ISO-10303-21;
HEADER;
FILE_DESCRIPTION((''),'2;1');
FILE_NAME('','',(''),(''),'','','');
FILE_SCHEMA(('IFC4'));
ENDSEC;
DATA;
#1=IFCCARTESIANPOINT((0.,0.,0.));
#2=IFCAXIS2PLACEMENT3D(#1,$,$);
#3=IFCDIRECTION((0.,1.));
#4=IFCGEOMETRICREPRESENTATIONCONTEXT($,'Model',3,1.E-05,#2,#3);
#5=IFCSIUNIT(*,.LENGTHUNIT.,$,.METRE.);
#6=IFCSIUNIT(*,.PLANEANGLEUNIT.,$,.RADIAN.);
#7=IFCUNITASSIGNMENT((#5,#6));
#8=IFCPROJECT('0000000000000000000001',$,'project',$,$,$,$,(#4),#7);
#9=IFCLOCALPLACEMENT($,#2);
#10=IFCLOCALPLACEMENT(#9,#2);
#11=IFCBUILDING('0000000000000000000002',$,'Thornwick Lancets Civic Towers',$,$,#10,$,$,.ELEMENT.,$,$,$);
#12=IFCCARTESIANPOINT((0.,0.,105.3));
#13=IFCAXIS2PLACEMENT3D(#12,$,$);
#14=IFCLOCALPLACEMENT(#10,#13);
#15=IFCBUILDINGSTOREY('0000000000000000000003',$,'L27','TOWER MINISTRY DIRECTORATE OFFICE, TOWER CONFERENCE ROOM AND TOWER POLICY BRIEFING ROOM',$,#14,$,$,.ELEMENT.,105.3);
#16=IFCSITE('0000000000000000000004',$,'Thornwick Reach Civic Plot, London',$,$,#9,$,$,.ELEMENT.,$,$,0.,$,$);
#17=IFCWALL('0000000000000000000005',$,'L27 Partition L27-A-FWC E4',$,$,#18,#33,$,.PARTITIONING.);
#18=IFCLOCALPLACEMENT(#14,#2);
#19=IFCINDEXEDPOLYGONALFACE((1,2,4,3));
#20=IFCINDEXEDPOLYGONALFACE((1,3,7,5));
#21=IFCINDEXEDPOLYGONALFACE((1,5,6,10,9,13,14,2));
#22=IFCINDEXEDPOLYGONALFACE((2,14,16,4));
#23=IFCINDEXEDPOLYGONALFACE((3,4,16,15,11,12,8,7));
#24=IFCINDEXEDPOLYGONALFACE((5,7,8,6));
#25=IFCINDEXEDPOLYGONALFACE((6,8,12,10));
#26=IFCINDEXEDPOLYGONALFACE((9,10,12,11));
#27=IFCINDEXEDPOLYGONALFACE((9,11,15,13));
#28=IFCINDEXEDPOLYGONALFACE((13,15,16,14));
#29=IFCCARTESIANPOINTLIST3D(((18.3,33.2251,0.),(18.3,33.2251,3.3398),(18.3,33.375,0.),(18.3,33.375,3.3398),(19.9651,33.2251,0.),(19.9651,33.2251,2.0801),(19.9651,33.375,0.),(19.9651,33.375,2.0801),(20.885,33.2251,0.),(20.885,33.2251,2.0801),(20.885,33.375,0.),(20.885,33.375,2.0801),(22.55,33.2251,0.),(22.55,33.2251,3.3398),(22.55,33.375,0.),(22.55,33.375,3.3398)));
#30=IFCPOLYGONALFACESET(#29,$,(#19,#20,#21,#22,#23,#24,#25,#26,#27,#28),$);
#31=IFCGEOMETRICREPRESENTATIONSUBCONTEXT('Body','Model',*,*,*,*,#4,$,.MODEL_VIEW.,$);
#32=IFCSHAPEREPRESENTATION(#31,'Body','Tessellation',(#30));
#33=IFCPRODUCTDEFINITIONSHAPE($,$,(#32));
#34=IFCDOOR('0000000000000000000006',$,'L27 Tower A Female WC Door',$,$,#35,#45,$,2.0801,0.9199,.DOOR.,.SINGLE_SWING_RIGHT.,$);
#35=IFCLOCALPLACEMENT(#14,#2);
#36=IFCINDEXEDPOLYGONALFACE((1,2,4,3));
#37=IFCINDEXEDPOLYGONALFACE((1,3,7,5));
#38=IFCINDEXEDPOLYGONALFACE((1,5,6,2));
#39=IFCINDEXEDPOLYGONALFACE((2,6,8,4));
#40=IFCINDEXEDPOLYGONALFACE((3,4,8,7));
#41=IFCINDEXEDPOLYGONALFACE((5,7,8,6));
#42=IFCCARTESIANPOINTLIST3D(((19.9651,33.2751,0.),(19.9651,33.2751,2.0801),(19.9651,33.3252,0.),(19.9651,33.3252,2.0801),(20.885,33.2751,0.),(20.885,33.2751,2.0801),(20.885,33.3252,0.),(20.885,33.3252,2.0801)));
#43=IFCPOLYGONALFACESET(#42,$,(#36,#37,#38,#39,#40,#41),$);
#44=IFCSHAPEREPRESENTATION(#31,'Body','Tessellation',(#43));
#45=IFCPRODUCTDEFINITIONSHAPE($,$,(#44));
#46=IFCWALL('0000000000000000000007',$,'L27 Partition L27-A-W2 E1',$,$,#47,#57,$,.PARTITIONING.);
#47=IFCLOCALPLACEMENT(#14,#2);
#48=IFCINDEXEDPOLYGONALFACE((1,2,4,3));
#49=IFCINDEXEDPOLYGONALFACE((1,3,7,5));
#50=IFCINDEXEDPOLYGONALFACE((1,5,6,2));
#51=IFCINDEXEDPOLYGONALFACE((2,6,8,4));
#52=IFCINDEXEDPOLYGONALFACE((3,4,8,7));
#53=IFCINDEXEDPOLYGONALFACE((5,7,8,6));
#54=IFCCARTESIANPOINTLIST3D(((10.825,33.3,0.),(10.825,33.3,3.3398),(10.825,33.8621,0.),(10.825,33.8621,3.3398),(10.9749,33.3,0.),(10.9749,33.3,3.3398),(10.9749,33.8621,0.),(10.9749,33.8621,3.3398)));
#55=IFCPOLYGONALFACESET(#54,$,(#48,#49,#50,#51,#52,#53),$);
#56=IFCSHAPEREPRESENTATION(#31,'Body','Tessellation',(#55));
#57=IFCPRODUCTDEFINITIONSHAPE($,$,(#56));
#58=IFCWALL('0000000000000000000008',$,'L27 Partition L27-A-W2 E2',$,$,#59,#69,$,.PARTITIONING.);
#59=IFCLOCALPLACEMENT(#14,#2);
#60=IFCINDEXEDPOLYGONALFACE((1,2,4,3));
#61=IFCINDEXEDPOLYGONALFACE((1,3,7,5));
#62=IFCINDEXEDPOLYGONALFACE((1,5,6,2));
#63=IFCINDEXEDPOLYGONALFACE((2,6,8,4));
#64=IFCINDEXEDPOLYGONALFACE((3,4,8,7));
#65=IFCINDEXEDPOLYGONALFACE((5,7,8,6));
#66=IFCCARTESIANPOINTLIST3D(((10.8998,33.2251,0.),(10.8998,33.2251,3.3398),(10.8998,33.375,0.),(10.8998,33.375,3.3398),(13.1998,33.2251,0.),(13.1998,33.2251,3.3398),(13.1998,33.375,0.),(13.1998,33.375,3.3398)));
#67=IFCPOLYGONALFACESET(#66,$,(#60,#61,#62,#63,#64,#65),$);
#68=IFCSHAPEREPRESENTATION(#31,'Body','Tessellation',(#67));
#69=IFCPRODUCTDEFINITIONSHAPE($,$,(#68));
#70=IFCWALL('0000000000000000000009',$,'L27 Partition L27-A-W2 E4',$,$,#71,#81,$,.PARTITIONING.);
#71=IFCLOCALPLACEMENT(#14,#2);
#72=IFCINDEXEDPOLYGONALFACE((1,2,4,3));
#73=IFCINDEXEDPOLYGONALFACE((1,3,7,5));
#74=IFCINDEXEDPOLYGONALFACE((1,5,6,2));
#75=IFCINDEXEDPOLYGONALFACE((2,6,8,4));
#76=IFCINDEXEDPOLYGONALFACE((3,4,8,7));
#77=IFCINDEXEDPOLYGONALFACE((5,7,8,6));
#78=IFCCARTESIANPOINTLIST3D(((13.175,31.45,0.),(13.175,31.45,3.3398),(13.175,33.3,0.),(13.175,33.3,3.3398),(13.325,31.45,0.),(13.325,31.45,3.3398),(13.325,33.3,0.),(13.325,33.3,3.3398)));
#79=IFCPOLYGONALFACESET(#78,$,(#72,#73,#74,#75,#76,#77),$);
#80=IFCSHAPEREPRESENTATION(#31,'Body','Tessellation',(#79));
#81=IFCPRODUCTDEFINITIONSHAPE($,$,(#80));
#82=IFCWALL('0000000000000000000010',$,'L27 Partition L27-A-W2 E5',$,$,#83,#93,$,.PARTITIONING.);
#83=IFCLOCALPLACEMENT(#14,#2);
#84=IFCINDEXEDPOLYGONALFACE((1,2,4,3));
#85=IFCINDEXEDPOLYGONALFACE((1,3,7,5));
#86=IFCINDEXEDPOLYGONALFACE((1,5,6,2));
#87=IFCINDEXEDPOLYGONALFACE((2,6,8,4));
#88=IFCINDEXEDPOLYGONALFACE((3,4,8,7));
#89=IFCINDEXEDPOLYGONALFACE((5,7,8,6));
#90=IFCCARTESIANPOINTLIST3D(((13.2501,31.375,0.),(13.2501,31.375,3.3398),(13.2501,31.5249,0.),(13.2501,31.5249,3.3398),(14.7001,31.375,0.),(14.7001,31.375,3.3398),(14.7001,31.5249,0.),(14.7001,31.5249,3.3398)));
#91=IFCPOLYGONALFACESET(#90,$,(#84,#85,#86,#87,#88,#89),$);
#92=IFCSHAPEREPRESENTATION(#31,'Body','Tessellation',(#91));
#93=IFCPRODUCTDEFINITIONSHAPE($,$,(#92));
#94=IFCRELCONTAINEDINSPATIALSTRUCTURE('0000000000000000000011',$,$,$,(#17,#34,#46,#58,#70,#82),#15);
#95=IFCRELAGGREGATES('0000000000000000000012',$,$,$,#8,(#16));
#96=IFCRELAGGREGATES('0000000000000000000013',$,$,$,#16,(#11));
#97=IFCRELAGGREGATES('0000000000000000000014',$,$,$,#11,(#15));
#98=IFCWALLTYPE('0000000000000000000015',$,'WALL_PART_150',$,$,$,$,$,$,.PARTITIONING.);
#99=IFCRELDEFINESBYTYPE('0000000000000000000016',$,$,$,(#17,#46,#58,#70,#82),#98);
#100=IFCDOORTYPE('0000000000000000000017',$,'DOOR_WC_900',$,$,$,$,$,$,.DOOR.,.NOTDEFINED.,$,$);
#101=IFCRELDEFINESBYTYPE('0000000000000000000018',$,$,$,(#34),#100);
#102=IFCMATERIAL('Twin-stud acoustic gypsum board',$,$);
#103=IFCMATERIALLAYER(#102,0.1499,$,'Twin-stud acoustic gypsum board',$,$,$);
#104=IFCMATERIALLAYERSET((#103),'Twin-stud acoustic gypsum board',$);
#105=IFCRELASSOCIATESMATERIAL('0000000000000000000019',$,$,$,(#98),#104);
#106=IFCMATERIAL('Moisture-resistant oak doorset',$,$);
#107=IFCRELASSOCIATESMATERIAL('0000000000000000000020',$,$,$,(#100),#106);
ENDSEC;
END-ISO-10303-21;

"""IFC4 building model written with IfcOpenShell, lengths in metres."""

from ifc_helpers import new_model, si_unit, direction, frame, frame_2d, origin, place, context, subcontext, project, spatial, rectangle, extrude, material, layer, layer_set, type_object, element, fill, save


model = new_model("IFC4")

# Units and contexts
model_context = context("Model", 3, precision=1e-05, world=origin(), true_north=direction((0.0, 1.0)))
body_context = subcontext(model_context, "Body", "Model", "MODEL_VIEW")
ifc_project = project(units=[si_unit("LENGTHUNIT", "METRE"), si_unit("PLANEANGLEUNIT", "RADIAN")], contexts=[model_context])

# Site, building, storey
site_placement = place(None, origin())
site = spatial("IfcSite", under=ifc_project, at=site_placement, Name="Thornwick Reach Civic Plot, London", CompositionType="ELEMENT", RefElevation=0.0)
building_placement = place(site_placement, origin())
building = spatial("IfcBuilding", under=site, at=building_placement, Name="Thornwick Lancets Civic Towers", CompositionType="ELEMENT")
storey_placement = place(building_placement, frame((0.0, 0.0, 105.3)))
storey = spatial("IfcBuildingStorey", under=building, at=storey_placement, Name="L27", Description="TOWER MINISTRY DIRECTORATE OFFICE, TOWER CONFERENCE ROOM AND TOWER POLICY BRIEFING ROOM", CompositionType="ELEMENT", Elevation=105.3)

# Shared definitions
ifc_material_1 = material(Name="Twin-stud acoustic gypsum board")
ifc_layer_1 = layer(ifc_material_1, 0.1499, Name="Twin-stud acoustic gypsum board")
ifc_layer_set_1 = layer_set([ifc_layer_1], Name="Twin-stud acoustic gypsum board")
wall_type_1 = type_object("IfcWallType", Name="WALL_PART_150", PredefinedType="PARTITIONING", material=ifc_layer_set_1)

# Wall, opening, door
wall_1_placement = place(storey_placement, frame((22.55, 33.3, 0.0), z_axis=(0.0, 0.0, 1.0), x_axis=(-1.0, 0.0, 0.0)))
wall_1 = element("IfcWall", 1, at=wall_1_placement, inside=storey, type_object=wall_type_1, Name="L27 Partition L27-A-FWC E4", PredefinedType="PARTITIONING", context=body_context, shape_type="SweptSolid", body=[
    extrude(rectangle(XDim=4.25, YDim=0.1499, at=frame_2d((2.125, 0.0))), origin(), (0.0, 0.0, 1.0), 3.3398),
])
opening_1_placement = place(wall_1_placement, frame((1.665, 0.0, 0.0)))
opening_1 = element("IfcOpeningElement", 2, at=opening_1_placement, cuts=wall_1, PredefinedType="OPENING", context=body_context, shape_type="SweptSolid", body=[
    extrude(rectangle(XDim=0.9199, YDim=2.0801, at=frame_2d((0.46, 1.04))), frame((0.0, 0.085, 0.0), z_axis=(0.0, -1.0, 0.0), x_axis=(1.0, 0.0, 0.0)), (0.0, 0.0, 1.0), 0.1699),
])
ifc_material_2 = material(Name="Moisture-resistant oak doorset")
door_type_1 = type_object("IfcDoorType", Name="DOOR_WC_900", OperationType="NOTDEFINED", PredefinedType="DOOR", material=ifc_material_2)
door_1_placement = place(opening_1_placement, origin())
door_1 = element("IfcDoor", 3, at=door_1_placement, inside=storey, type_object=door_type_1, Name="L27 Tower A Female WC Door", OperationType="SINGLE_SWING_RIGHT", OverallHeight=2.0801, OverallWidth=0.9199, PredefinedType="DOOR", context=body_context, shape_type="SweptSolid", body=[
    extrude(rectangle(XDim=0.9199, YDim=2.0801, at=frame_2d((0.46, 1.04))), frame((0.0, 0.0249, 0.0), z_axis=(0.0, -1.0, 0.0), x_axis=(1.0, 0.0, 0.0)), (0.0, 0.0, 1.0), 0.05),
])
fill(opening_1, door_1)

# Walls
wall_2_placement = place(storey_placement, frame((10.8999, 33.8621, 0.0), z_axis=(0.0, 0.0, 1.0), x_axis=(0.0, -1.0, 0.0)))
element("IfcWall", 4, at=wall_2_placement, inside=storey, type_object=wall_type_1, Name="L27 Partition L27-A-W2 E1", PredefinedType="PARTITIONING", context=body_context, shape_type="SweptSolid", body=[
    extrude(rectangle(XDim=0.562, YDim=0.1499, at=frame_2d((0.281, 0.0))), origin(), (0.0, 0.0, 1.0), 3.3398),
])
wall_3_placement = place(storey_placement, frame((10.8999, 33.3, 0.0), z_axis=(0.0, 0.0, 1.0), x_axis=(1.0, 0.0, 0.0)))
element("IfcWall", 5, at=wall_3_placement, inside=storey, type_object=wall_type_1, Name="L27 Partition L27-A-W2 E2", PredefinedType="PARTITIONING", context=body_context, shape_type="SweptSolid", body=[
    extrude(rectangle(XDim=2.3, YDim=0.1499, at=frame_2d((1.1499, 0.0))), origin(), (0.0, 0.0, 1.0), 3.3398),
])
wall_4_placement = place(storey_placement, frame((13.25, 33.3, 0.0), z_axis=(0.0, 0.0, 1.0), x_axis=(0.0, -1.0, 0.0)))
element("IfcWall", 6, at=wall_4_placement, inside=storey, type_object=wall_type_1, Name="L27 Partition L27-A-W2 E4", PredefinedType="PARTITIONING", context=body_context, shape_type="SweptSolid", body=[
    extrude(rectangle(XDim=1.8501, YDim=0.1499, at=frame_2d((0.925, 0.0))), origin(), (0.0, 0.0, 1.0), 3.3398),
])
wall_5_placement = place(storey_placement, frame((13.25, 31.45, 0.0), z_axis=(0.0, 0.0, 1.0), x_axis=(1.0, 0.0, 0.0)))
element("IfcWall", 7, at=wall_5_placement, inside=storey, type_object=wall_type_1, Name="L27 Partition L27-A-W2 E5", PredefinedType="PARTITIONING", context=body_context, shape_type="SweptSolid", body=[
    extrude(rectangle(XDim=1.45, YDim=0.1499, at=frame_2d((0.7251, 0.0))), origin(), (0.0, 0.0, 1.0), 3.3398),
])

save(model, "model.ifc")
